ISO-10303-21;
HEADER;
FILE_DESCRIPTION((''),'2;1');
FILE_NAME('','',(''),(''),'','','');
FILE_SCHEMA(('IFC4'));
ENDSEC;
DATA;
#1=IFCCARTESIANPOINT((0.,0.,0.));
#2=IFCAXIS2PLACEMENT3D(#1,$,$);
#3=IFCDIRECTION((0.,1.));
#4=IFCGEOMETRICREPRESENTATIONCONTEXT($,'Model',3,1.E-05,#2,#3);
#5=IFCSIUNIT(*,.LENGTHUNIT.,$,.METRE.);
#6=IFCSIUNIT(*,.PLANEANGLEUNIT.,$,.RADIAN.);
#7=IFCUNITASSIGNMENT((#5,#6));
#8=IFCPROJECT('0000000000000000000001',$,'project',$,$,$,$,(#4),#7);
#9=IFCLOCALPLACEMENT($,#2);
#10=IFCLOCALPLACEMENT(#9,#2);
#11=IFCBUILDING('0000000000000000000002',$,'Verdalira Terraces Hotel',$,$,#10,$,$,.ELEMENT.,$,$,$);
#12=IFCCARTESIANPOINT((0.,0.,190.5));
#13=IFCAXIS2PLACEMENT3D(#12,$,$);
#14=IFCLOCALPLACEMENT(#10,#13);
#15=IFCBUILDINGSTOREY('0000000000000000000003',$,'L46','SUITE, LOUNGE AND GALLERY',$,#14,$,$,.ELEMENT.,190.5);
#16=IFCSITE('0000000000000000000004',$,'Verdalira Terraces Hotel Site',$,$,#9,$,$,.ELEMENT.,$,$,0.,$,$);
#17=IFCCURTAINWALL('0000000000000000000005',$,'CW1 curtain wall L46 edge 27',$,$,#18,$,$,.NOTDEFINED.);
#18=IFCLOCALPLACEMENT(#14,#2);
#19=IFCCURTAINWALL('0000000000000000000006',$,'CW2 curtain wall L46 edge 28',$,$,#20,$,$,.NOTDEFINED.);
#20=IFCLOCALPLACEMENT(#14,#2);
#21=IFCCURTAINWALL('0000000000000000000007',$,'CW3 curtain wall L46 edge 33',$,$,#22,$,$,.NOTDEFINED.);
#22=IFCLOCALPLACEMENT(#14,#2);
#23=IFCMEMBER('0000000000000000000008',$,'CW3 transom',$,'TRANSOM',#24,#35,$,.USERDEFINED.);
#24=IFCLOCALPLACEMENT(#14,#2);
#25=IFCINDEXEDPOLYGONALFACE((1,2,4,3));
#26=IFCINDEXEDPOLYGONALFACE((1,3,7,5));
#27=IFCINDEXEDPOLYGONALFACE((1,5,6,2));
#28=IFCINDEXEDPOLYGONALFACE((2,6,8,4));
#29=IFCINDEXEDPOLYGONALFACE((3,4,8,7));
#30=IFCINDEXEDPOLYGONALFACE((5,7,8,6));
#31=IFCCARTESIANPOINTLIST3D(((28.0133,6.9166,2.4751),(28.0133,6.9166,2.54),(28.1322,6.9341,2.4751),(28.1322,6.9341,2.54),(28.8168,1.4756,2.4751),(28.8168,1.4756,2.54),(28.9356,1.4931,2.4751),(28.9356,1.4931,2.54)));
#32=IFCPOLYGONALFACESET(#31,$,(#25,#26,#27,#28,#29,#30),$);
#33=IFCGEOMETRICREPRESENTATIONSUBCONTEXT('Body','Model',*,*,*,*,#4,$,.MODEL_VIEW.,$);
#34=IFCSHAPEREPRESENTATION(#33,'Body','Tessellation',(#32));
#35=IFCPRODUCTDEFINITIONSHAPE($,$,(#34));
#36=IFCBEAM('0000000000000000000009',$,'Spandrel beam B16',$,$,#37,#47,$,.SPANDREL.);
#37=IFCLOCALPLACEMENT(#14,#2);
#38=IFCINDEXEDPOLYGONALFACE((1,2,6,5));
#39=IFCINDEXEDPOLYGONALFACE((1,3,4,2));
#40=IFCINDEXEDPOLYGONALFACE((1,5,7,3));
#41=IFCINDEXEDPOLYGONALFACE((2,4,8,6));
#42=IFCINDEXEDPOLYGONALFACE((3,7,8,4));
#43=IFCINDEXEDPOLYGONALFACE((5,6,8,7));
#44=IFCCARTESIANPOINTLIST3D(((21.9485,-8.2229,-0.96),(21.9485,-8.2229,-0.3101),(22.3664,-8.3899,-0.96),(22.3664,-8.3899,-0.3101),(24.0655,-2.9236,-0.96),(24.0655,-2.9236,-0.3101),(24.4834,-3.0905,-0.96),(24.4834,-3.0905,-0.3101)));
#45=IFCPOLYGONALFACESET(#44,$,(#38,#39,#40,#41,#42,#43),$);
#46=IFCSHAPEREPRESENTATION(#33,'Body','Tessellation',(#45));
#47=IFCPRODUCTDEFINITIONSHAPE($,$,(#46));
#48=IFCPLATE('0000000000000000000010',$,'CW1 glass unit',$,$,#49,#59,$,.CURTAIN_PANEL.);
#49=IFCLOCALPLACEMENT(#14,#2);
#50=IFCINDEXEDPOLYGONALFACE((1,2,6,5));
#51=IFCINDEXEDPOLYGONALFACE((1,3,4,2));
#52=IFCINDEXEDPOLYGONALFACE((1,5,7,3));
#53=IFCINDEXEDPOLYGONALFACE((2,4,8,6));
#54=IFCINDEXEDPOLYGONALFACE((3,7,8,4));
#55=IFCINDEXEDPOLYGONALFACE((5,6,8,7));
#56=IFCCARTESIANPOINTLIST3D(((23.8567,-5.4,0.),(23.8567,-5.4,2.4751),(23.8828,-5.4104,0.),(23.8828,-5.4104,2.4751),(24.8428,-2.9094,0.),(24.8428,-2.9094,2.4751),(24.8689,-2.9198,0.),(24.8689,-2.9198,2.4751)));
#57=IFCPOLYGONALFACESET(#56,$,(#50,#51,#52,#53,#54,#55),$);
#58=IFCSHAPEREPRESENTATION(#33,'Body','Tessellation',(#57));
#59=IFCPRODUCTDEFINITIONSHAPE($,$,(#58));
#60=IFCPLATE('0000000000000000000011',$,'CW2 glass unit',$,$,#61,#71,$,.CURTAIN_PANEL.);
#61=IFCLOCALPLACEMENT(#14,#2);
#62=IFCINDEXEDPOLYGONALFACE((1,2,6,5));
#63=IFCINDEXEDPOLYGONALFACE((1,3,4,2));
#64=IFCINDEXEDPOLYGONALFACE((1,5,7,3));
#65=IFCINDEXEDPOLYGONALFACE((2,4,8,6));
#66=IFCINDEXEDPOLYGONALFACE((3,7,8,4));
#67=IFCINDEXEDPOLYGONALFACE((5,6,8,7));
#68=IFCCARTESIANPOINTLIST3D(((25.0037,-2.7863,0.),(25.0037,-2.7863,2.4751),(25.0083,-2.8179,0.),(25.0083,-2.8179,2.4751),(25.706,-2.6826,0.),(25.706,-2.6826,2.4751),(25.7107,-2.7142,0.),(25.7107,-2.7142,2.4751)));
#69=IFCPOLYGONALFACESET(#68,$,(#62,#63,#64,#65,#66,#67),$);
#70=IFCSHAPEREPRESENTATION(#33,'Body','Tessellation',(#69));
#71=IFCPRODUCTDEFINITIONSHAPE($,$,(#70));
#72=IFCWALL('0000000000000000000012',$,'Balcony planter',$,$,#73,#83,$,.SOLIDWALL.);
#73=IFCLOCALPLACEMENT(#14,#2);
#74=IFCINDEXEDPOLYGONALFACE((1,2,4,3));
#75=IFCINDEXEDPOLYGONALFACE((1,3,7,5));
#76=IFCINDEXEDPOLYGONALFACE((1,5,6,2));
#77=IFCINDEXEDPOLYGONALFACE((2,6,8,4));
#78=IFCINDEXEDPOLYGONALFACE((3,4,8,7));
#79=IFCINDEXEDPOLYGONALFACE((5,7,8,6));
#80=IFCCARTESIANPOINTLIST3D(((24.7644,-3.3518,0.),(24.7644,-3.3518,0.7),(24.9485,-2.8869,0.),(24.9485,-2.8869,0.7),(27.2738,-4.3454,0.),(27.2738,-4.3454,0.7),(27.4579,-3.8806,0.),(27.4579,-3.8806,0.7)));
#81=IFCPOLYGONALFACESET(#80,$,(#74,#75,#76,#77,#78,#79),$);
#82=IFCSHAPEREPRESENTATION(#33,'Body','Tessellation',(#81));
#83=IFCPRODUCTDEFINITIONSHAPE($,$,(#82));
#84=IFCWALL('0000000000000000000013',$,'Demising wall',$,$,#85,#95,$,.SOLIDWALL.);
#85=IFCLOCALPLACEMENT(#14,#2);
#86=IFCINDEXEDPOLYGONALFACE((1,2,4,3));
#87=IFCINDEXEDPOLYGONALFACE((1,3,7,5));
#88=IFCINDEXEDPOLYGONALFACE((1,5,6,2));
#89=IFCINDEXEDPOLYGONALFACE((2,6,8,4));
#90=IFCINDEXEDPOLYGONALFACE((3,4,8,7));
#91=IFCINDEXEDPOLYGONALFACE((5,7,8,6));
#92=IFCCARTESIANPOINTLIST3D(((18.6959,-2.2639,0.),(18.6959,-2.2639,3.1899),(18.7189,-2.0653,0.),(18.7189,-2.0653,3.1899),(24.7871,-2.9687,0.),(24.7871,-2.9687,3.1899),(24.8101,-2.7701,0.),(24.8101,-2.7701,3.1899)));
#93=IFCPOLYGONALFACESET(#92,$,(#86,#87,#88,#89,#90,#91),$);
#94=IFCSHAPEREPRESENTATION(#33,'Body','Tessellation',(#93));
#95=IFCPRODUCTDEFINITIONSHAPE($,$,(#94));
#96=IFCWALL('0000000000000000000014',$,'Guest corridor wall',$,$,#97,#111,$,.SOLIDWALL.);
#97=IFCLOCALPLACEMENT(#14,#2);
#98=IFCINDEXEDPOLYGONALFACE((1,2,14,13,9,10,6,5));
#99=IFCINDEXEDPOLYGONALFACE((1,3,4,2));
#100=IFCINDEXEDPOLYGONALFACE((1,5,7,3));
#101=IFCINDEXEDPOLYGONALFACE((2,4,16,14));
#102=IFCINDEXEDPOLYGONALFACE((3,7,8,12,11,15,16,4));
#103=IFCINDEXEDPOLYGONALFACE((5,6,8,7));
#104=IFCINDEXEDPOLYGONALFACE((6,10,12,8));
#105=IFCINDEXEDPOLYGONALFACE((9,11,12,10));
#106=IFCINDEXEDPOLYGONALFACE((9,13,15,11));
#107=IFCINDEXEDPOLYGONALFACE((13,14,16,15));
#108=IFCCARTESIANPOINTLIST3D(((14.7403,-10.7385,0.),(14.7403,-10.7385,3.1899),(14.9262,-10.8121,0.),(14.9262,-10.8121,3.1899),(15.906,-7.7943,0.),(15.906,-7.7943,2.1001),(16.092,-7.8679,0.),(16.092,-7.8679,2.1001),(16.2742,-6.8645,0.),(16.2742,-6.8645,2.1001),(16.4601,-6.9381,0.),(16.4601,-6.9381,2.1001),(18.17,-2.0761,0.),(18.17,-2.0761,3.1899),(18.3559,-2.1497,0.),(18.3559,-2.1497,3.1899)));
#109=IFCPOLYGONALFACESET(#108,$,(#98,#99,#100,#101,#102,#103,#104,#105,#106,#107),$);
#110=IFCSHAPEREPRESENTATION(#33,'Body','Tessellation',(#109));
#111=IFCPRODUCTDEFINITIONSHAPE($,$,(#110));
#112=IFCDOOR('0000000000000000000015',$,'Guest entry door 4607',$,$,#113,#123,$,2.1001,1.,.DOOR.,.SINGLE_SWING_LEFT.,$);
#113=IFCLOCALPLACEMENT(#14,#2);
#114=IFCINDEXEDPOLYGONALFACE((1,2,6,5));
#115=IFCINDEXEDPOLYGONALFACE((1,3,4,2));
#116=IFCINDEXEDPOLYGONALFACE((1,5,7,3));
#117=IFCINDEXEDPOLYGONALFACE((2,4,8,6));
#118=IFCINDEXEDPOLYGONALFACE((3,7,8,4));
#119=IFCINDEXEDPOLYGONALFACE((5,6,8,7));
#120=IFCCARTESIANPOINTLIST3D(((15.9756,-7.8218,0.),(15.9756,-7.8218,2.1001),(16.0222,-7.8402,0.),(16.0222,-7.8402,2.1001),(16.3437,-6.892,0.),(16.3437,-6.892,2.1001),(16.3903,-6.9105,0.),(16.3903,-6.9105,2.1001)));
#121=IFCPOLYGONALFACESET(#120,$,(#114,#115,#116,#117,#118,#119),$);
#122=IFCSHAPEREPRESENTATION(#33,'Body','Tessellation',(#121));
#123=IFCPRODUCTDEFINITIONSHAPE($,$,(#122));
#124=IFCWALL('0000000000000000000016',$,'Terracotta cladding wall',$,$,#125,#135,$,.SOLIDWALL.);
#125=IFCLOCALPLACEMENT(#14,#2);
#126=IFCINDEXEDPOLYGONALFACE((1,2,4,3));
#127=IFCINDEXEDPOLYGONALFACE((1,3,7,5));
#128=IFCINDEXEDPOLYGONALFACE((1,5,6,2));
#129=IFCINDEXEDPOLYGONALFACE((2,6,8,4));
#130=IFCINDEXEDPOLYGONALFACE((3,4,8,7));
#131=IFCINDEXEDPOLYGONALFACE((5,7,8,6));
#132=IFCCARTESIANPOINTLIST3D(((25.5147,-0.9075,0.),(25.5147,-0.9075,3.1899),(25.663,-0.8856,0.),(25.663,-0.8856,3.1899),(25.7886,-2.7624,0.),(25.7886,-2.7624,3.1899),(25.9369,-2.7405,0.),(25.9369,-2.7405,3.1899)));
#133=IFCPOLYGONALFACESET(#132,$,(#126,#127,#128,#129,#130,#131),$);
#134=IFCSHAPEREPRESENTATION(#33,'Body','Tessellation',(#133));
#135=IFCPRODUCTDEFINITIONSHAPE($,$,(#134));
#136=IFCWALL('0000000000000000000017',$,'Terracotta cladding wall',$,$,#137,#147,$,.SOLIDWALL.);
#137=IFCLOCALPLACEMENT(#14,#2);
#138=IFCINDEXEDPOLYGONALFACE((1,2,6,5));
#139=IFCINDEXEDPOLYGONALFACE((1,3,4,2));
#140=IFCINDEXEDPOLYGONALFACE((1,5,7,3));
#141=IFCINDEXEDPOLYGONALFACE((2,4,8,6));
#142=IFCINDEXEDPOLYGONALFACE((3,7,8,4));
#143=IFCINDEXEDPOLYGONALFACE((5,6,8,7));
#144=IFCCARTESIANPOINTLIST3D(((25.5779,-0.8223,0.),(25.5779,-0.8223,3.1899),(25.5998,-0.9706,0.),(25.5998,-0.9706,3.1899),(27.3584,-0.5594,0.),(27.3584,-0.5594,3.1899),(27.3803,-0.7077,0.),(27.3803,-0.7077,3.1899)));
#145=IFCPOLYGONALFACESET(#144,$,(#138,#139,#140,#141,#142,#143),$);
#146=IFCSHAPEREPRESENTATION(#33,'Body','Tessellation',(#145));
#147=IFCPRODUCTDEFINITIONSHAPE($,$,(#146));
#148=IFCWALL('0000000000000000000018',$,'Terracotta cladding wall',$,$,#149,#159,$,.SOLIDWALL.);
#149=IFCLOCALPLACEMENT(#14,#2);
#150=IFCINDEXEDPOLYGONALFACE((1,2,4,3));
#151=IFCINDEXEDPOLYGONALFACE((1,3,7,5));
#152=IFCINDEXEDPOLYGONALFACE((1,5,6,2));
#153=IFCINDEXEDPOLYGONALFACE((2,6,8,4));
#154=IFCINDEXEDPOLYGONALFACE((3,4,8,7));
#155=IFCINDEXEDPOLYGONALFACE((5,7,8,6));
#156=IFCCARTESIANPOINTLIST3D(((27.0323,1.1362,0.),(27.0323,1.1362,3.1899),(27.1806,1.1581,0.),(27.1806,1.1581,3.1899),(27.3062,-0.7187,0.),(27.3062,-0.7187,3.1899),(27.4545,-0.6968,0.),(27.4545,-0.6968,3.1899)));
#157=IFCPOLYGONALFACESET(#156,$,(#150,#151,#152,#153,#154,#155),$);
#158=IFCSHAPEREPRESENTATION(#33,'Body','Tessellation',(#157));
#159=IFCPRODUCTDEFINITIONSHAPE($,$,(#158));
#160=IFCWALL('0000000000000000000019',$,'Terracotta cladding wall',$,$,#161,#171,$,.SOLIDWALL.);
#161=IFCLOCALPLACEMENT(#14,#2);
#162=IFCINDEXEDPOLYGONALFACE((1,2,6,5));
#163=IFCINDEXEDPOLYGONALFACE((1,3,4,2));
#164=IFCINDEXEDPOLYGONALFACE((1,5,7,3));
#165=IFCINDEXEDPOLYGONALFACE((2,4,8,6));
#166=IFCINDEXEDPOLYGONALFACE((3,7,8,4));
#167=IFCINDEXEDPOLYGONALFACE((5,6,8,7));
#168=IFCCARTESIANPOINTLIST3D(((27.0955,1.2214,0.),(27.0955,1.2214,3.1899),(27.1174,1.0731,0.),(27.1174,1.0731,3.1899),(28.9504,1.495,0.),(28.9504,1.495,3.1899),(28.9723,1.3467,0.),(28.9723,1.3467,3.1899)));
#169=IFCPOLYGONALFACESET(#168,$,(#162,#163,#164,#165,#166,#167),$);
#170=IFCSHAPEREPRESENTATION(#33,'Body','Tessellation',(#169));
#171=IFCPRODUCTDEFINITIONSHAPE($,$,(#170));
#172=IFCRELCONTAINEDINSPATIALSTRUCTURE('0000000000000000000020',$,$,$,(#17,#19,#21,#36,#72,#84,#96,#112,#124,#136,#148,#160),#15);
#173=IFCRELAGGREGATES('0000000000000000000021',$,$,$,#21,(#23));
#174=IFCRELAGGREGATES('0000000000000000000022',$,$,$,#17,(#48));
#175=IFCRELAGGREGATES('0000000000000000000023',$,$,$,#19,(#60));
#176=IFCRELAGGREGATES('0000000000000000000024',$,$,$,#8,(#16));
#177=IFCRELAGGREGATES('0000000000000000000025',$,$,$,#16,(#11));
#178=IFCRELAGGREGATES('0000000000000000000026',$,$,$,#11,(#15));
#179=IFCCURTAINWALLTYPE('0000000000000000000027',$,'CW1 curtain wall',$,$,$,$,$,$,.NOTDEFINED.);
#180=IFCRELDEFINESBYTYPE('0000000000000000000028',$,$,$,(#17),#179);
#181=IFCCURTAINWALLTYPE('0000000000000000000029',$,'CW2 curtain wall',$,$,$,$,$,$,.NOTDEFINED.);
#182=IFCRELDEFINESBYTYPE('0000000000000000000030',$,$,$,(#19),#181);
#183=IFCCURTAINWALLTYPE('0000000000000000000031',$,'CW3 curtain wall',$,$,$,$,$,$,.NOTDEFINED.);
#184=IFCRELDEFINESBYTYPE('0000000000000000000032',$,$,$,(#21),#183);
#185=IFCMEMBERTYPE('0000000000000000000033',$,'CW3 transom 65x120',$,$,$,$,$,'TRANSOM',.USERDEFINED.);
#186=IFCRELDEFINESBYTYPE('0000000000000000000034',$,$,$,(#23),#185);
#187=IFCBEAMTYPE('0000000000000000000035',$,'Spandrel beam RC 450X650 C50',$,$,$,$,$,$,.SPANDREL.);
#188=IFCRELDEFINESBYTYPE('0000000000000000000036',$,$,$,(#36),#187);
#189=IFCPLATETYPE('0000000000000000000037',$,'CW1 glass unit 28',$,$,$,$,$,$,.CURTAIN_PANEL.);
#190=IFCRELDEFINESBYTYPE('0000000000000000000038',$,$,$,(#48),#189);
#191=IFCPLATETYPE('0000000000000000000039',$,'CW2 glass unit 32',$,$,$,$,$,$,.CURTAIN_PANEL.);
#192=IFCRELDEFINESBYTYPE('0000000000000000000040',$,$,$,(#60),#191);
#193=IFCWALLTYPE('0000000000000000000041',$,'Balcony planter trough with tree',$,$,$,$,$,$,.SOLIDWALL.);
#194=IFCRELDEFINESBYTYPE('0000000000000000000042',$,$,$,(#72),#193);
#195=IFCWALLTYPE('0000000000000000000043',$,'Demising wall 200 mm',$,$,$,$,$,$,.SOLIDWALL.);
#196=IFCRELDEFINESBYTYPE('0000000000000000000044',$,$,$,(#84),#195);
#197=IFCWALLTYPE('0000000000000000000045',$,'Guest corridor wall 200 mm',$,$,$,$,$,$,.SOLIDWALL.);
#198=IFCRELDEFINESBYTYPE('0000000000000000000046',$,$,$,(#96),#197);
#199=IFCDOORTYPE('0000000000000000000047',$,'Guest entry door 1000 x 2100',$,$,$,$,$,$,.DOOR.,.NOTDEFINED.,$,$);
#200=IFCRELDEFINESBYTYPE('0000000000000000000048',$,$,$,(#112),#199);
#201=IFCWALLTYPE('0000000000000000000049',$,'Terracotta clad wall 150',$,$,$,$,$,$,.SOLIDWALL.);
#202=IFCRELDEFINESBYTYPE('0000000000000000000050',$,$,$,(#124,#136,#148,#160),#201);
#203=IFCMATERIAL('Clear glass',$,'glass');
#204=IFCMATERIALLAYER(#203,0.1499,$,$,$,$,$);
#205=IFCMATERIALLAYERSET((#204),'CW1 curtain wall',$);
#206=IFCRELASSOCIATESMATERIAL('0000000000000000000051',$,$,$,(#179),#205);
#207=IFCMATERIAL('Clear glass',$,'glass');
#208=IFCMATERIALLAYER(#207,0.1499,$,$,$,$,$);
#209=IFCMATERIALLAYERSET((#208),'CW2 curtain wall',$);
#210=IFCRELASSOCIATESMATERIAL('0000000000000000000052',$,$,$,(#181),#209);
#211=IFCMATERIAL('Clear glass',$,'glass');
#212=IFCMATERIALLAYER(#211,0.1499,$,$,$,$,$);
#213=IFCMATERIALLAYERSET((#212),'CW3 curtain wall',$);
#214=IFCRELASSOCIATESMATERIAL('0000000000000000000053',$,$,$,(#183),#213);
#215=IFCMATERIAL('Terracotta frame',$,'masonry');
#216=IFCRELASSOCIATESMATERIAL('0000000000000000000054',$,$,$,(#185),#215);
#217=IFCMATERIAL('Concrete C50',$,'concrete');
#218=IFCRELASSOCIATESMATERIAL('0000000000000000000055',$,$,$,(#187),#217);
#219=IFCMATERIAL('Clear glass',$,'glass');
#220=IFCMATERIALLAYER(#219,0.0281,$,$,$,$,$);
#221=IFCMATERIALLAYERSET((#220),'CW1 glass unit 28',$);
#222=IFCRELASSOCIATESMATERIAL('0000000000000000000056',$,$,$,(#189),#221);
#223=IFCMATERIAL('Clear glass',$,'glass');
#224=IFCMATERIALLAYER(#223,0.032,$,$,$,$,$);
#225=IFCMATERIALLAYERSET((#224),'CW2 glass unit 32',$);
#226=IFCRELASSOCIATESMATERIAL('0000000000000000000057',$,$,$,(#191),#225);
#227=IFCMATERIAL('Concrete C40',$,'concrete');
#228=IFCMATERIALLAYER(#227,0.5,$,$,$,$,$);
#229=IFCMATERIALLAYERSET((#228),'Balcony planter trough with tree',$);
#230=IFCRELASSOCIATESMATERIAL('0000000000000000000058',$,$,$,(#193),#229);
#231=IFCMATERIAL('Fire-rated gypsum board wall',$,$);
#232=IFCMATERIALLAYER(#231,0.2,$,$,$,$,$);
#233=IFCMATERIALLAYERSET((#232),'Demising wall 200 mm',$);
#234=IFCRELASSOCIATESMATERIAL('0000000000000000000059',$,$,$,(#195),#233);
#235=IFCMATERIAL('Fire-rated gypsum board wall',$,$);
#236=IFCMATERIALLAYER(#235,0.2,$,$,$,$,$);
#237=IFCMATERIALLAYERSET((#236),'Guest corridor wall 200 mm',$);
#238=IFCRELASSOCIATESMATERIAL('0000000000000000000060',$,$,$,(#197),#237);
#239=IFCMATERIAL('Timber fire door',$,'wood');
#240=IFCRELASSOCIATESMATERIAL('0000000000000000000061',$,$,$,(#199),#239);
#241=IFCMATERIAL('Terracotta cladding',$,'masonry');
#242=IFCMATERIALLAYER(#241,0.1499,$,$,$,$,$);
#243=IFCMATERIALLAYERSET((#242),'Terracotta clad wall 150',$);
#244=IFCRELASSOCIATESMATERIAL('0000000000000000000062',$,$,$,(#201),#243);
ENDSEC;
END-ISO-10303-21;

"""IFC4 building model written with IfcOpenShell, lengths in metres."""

from ifc_helpers import new_model, si_unit, direction, frame, frame_2d, origin, origin_2d, place, context, subcontext, project, spatial, rectangle, extrude, material, layer, layer_set, material_profile, profile_set, type_object, element, fill, aggregate, save


model = new_model("IFC4")

# Units and contexts
model_context = context("Model", 3, precision=1e-05, world=origin(), true_north=direction((0.0, 1.0)))
body_context = subcontext(model_context, "Body", "Model", "MODEL_VIEW")
ifc_project = project(units=[si_unit("LENGTHUNIT", "METRE"), si_unit("PLANEANGLEUNIT", "RADIAN")], contexts=[model_context])

# Site, building, storey
site_placement = place(None, origin())
site = spatial("IfcSite", under=ifc_project, at=site_placement, Name="Verdalira Terraces Hotel Site", CompositionType="ELEMENT", RefElevation=0.0)
building_placement = place(site_placement, origin())
building = spatial("IfcBuilding", under=site, at=building_placement, Name="Verdalira Terraces Hotel", CompositionType="ELEMENT")
storey_placement = place(building_placement, frame((0.0, 0.0, 190.5)))
storey = spatial("IfcBuildingStorey", under=building, at=storey_placement, Name="L46", Description="SUITE, LOUNGE AND GALLERY", CompositionType="ELEMENT", Elevation=190.5)

# Curtain wall
ifc_material_1 = material(Name="Clear glass", Category="glass")
ifc_layer_1 = layer(ifc_material_1, 0.1499)
ifc_layer_set_1 = layer_set([ifc_layer_1], Name="CW1 curtain wall")
curtain_wall_type_1 = type_object("IfcCurtainWallType", Name="CW1 curtain wall", PredefinedType="NOTDEFINED", material=ifc_layer_set_1)
curtain_wall_1_placement = place(storey_placement, origin())
curtain_wall_1 = element("IfcCurtainWall", 1, at=curtain_wall_1_placement, inside=storey, type_object=curtain_wall_type_1, Name="CW1 curtain wall L46 edge 27", PredefinedType="NOTDEFINED")

# Curtain walls, member
ifc_material_2 = material(Name="Clear glass", Category="glass")
ifc_layer_2 = layer(ifc_material_2, 0.1499)
ifc_layer_set_2 = layer_set([ifc_layer_2], Name="CW2 curtain wall")
curtain_wall_type_2 = type_object("IfcCurtainWallType", Name="CW2 curtain wall", PredefinedType="NOTDEFINED", material=ifc_layer_set_2)
curtain_wall_2_placement = place(storey_placement, origin())
curtain_wall_2 = element("IfcCurtainWall", 2, at=curtain_wall_2_placement, inside=storey, type_object=curtain_wall_type_2, Name="CW2 curtain wall L46 edge 28", PredefinedType="NOTDEFINED")
ifc_material_3 = material(Name="Clear glass", Category="glass")
ifc_layer_3 = layer(ifc_material_3, 0.1499)
ifc_layer_set_3 = layer_set([ifc_layer_3], Name="CW3 curtain wall")
curtain_wall_type_3 = type_object("IfcCurtainWallType", Name="CW3 curtain wall", PredefinedType="NOTDEFINED", material=ifc_layer_set_3)
curtain_wall_3_placement = place(storey_placement, origin())
curtain_wall_3 = element("IfcCurtainWall", 3, at=curtain_wall_3_placement, inside=storey, type_object=curtain_wall_type_3, Name="CW3 curtain wall L46 edge 33", PredefinedType="NOTDEFINED")
ifc_material_4 = material(Name="Terracotta frame", Category="masonry")
ifc_material_profile_1 = material_profile(ifc_material_4, rectangle(XDim=0.1201, YDim=0.0649, at=origin_2d()), Name="TR 65x120")
ifc_profile_set_1 = profile_set([ifc_material_profile_1], Name="Terracotta frame")
member_type_1 = type_object("IfcMemberType", Name="CW3 transom 65x120", ElementType="TRANSOM", PredefinedType="USERDEFINED", material=ifc_profile_set_1)
member_1_placement = place(storey_placement, frame((28.8762, 1.4844, 2.5076), z_axis=(-0.146087, 0.989272, 0.0), x_axis=(-0.989272, -0.146087, 0.0)))
member_1 = element("IfcMember", 4, at=member_1_placement, type_object=member_type_1, Name="CW3 transom", ObjectType="TRANSOM", PredefinedType="USERDEFINED", context=body_context, shape_type="SweptSolid", body=[
    extrude(rectangle(XDim=0.1201, YDim=0.0649, at=origin_2d()), origin(), (0.0, 0.0, 1.0), 5.5),
])
aggregate(curtain_wall_3, [member_1])

# Beam
ifc_material_5 = material(Name="Concrete C50", Category="concrete")
ifc_material_profile_2 = material_profile(ifc_material_5, rectangle(XDim=0.45, YDim=0.6499, at=origin_2d()), Name="RC 450X650")
ifc_profile_set_2 = profile_set([ifc_material_profile_2], Name="Concrete C50")
beam_type_1 = type_object("IfcBeamType", Name="Spandrel beam RC 450X650 C50", PredefinedType="SPANDREL", material=ifc_profile_set_2)
beam_1_placement = place(storey_placement, frame((22.1575, -8.3064, -0.635), z_axis=(0.37097, 0.928645, 0.0), x_axis=(-0.928645, 0.37097, 0.0)))
element("IfcBeam", 5, at=beam_1_placement, inside=storey, type_object=beam_type_1, Name="Spandrel beam B16", PredefinedType="SPANDREL", context=body_context, shape_type="SweptSolid", body=[
    extrude(rectangle(XDim=0.45, YDim=0.6499, at=origin_2d()), origin(), (0.0, 0.0, 1.0), 5.7065),
])

# Plates
ifc_material_6 = material(Name="Clear glass", Category="glass")
ifc_layer_4 = layer(ifc_material_6, 0.0281)
ifc_layer_set_4 = layer_set([ifc_layer_4], Name="CW1 glass unit 28")
plate_type_1 = type_object("IfcPlateType", Name="CW1 glass unit 28", PredefinedType="CURTAIN_PANEL", material=ifc_layer_set_4)
plate_1_placement = place(storey_placement, frame((24.3628, -4.1599, 0.0), z_axis=(0.0, 0.0, 1.0), x_axis=(0.368125, 0.929776, 0.0)))
plate_1 = element("IfcPlate", 6, at=plate_1_placement, type_object=plate_type_1, Name="CW1 glass unit", PredefinedType="CURTAIN_PANEL", context=body_context, shape_type="SweptSolid", body=[
    extrude(rectangle(XDim=2.6787, YDim=0.0281, at=origin_2d()), origin(), (0.0, 0.0, 1.0), 2.4751),
])
aggregate(curtain_wall_1, [plate_1])
ifc_material_7 = material(Name="Clear glass", Category="glass")
ifc_layer_5 = layer(ifc_material_7, 0.032)
ifc_layer_set_5 = layer_set([ifc_layer_5], Name="CW2 glass unit 32")
plate_type_2 = type_object("IfcPlateType", Name="CW2 glass unit 32", PredefinedType="CURTAIN_PANEL", material=ifc_layer_set_5)
plate_2_placement = place(storey_placement, frame((25.3572, -2.7502, 0.0), z_axis=(0.0, 0.0, 1.0), x_axis=(0.989272, 0.146083, 0.0)))
plate_2 = element("IfcPlate", 7, at=plate_2_placement, type_object=plate_type_2, Name="CW2 glass unit", PredefinedType="CURTAIN_PANEL", context=body_context, shape_type="SweptSolid", body=[
    extrude(rectangle(XDim=0.71, YDim=0.032, at=origin_2d()), origin(), (0.0, 0.0, 1.0), 2.4751),
])
aggregate(curtain_wall_2, [plate_2])

# Walls
ifc_material_8 = material(Name="Concrete C40", Category="concrete")
ifc_layer_6 = layer(ifc_material_8, 0.5)
ifc_layer_set_6 = layer_set([ifc_layer_6], Name="Balcony planter trough with tree")
wall_type_1 = type_object("IfcWallType", Name="Balcony planter trough with tree", PredefinedType="SOLIDWALL", material=ifc_layer_set_6)
wall_1_placement = place(storey_placement, frame((27.366, -4.113, 0.0), z_axis=(0.0, 0.0, 1.0), x_axis=(-0.929769, 0.368145, 0.0)))
element("IfcWall", 8, at=wall_1_placement, inside=storey, type_object=wall_type_1, Name="Balcony planter", PredefinedType="SOLIDWALL", context=body_context, shape_type="SweptSolid", body=[
    extrude(rectangle(XDim=2.699, YDim=0.5, at=frame_2d((1.3496, 0.0))), origin(), (0.0, 0.0, 1.0), 0.7),
])
ifc_material_9 = material(Name="Fire-rated gypsum board wall")
ifc_layer_7 = layer(ifc_material_9, 0.2)
ifc_layer_set_7 = layer_set([ifc_layer_7], Name="Demising wall 200 mm")
wall_type_2 = type_object("IfcWallType", Name="Demising wall 200 mm", PredefinedType="SOLIDWALL", material=ifc_layer_set_7)
wall_2_placement = place(storey_placement, frame((24.7986, -2.8694, 0.0), z_axis=(0.0, 0.0, 1.0), x_axis=(-0.993372, 0.114944, 0.0)))
element("IfcWall", 9, at=wall_2_placement, inside=storey, type_object=wall_type_2, Name="Demising wall", PredefinedType="SOLIDWALL", context=body_context, shape_type="SweptSolid", body=[
    extrude(rectangle(XDim=6.1318, YDim=0.2, at=frame_2d((3.0659, 0.0))), origin(), (0.0, 0.0, 1.0), 3.1899),
])

# Wall, opening, door
ifc_material_10 = material(Name="Fire-rated gypsum board wall")
ifc_layer_8 = layer(ifc_material_10, 0.2)
ifc_layer_set_8 = layer_set([ifc_layer_8], Name="Guest corridor wall 200 mm")
wall_type_3 = type_object("IfcWallType", Name="Guest corridor wall 200 mm", PredefinedType="SOLIDWALL", material=ifc_layer_set_8)
wall_3_placement = place(storey_placement, frame((18.2629, -2.113, 0.0), z_axis=(0.0, 0.0, 1.0), x_axis=(-0.368126, -0.929776, 0.0)))
wall_3 = element("IfcWall", 10, at=wall_3_placement, inside=storey, type_object=wall_type_3, Name="Guest corridor wall", PredefinedType="SOLIDWALL", context=body_context, shape_type="SweptSolid", body=[
    extrude(rectangle(XDim=9.3166, YDim=0.2, at=frame_2d((4.6582, 0.0))), origin(), (0.0, 0.0, 1.0), 3.1899),
])
opening_placement = place(wall_3_placement, frame((5.1499, 0.0, 0.0)))
opening = element("IfcOpeningElement", 11, at=opening_placement, cuts=wall_3, PredefinedType="OPENING", context=body_context, shape_type="SweptSolid", body=[
    extrude(rectangle(XDim=1.0, YDim=2.1001, at=frame_2d((0.5, 1.05))), frame((0.0, 0.1099, 0.0), z_axis=(0.0, -1.0, 0.0), x_axis=(1.0, 0.0, 0.0)), (0.0, 0.0, 1.0), 0.22),
])
ifc_material_11 = material(Name="Timber fire door", Category="wood")
door_type = type_object("IfcDoorType", Name="Guest entry door 1000 x 2100", OperationType="NOTDEFINED", PredefinedType="DOOR", material=ifc_material_11)
door_placement = place(opening_placement, origin())
door = element("IfcDoor", 12, at=door_placement, inside=storey, type_object=door_type, Name="Guest entry door 4607", OperationType="SINGLE_SWING_LEFT", OverallHeight=2.1001, OverallWidth=1.0, PredefinedType="DOOR", context=body_context, shape_type="SweptSolid", body=[
    extrude(rectangle(XDim=1.0, YDim=2.1001, at=frame_2d((0.5, 1.05))), frame((0.0, 0.0249, 0.0), z_axis=(0.0, -1.0, 0.0), x_axis=(1.0, 0.0, 0.0)), (0.0, 0.0, 1.0), 0.05),
])
fill(opening, door)

# Walls
ifc_material_12 = material(Name="Terracotta cladding", Category="masonry")
ifc_layer_9 = layer(ifc_material_12, 0.1499)
ifc_layer_set_9 = layer_set([ifc_layer_9], Name="Terracotta clad wall 150")
wall_type_4 = type_object("IfcWallType", Name="Terracotta clad wall 150", PredefinedType="SOLIDWALL", material=ifc_layer_set_9)
wall_4_placement = place(storey_placement, frame((25.8628, -2.7515, 0.0), z_axis=(0.0, 0.0, 1.0), x_axis=(-0.146086, 0.989272, 0.0)))
element("IfcWall", 13, at=wall_4_placement, inside=storey, type_object=wall_type_4, Name="Terracotta cladding wall", PredefinedType="SOLIDWALL", context=body_context, shape_type="SweptSolid", body=[
    extrude(rectangle(XDim=1.875, YDim=0.1499, at=frame_2d((0.9375, 0.0))), origin(), (0.0, 0.0, 1.0), 3.1899),
])
wall_5_placement = place(storey_placement, frame((25.5889, -0.8965, 0.0), z_axis=(0.0, 0.0, 1.0), x_axis=(0.989271, 0.146091, 0.0)))
element("IfcWall", 14, at=wall_5_placement, inside=storey, type_object=wall_type_4, Name="Terracotta cladding wall", PredefinedType="SOLIDWALL", context=body_context, shape_type="SweptSolid", body=[
    extrude(rectangle(XDim=1.7998, YDim=0.1499, at=frame_2d((0.8999, 0.0))), origin(), (0.0, 0.0, 1.0), 3.1899),
])
for number, where, z_axis, x_axis, name in (
    (15, (27.3804, -0.7078, 0.0), (0.0, 0.0, 1.0), (-0.146086, 0.989272, 0.0), "Terracotta cladding wall"),
    (16, (27.1064, 1.1472, 0.0), (0.0, 0.0, 1.0), (0.989291, 0.145959, 0.0), "Terracotta cladding wall"),
):
    element("IfcWall", number, at=place(storey_placement, frame(where, z_axis=z_axis, x_axis=x_axis)), inside=storey, type_object=wall_type_4, Name=name, PredefinedType="SOLIDWALL", context=body_context, shape_type="SweptSolid", body=[
        extrude(rectangle(XDim=1.875, YDim=0.1499, at=frame_2d((0.9375, 0.0))), origin(), (0.0, 0.0, 1.0), 3.1899),
    ])

save(model, "model.ifc")
